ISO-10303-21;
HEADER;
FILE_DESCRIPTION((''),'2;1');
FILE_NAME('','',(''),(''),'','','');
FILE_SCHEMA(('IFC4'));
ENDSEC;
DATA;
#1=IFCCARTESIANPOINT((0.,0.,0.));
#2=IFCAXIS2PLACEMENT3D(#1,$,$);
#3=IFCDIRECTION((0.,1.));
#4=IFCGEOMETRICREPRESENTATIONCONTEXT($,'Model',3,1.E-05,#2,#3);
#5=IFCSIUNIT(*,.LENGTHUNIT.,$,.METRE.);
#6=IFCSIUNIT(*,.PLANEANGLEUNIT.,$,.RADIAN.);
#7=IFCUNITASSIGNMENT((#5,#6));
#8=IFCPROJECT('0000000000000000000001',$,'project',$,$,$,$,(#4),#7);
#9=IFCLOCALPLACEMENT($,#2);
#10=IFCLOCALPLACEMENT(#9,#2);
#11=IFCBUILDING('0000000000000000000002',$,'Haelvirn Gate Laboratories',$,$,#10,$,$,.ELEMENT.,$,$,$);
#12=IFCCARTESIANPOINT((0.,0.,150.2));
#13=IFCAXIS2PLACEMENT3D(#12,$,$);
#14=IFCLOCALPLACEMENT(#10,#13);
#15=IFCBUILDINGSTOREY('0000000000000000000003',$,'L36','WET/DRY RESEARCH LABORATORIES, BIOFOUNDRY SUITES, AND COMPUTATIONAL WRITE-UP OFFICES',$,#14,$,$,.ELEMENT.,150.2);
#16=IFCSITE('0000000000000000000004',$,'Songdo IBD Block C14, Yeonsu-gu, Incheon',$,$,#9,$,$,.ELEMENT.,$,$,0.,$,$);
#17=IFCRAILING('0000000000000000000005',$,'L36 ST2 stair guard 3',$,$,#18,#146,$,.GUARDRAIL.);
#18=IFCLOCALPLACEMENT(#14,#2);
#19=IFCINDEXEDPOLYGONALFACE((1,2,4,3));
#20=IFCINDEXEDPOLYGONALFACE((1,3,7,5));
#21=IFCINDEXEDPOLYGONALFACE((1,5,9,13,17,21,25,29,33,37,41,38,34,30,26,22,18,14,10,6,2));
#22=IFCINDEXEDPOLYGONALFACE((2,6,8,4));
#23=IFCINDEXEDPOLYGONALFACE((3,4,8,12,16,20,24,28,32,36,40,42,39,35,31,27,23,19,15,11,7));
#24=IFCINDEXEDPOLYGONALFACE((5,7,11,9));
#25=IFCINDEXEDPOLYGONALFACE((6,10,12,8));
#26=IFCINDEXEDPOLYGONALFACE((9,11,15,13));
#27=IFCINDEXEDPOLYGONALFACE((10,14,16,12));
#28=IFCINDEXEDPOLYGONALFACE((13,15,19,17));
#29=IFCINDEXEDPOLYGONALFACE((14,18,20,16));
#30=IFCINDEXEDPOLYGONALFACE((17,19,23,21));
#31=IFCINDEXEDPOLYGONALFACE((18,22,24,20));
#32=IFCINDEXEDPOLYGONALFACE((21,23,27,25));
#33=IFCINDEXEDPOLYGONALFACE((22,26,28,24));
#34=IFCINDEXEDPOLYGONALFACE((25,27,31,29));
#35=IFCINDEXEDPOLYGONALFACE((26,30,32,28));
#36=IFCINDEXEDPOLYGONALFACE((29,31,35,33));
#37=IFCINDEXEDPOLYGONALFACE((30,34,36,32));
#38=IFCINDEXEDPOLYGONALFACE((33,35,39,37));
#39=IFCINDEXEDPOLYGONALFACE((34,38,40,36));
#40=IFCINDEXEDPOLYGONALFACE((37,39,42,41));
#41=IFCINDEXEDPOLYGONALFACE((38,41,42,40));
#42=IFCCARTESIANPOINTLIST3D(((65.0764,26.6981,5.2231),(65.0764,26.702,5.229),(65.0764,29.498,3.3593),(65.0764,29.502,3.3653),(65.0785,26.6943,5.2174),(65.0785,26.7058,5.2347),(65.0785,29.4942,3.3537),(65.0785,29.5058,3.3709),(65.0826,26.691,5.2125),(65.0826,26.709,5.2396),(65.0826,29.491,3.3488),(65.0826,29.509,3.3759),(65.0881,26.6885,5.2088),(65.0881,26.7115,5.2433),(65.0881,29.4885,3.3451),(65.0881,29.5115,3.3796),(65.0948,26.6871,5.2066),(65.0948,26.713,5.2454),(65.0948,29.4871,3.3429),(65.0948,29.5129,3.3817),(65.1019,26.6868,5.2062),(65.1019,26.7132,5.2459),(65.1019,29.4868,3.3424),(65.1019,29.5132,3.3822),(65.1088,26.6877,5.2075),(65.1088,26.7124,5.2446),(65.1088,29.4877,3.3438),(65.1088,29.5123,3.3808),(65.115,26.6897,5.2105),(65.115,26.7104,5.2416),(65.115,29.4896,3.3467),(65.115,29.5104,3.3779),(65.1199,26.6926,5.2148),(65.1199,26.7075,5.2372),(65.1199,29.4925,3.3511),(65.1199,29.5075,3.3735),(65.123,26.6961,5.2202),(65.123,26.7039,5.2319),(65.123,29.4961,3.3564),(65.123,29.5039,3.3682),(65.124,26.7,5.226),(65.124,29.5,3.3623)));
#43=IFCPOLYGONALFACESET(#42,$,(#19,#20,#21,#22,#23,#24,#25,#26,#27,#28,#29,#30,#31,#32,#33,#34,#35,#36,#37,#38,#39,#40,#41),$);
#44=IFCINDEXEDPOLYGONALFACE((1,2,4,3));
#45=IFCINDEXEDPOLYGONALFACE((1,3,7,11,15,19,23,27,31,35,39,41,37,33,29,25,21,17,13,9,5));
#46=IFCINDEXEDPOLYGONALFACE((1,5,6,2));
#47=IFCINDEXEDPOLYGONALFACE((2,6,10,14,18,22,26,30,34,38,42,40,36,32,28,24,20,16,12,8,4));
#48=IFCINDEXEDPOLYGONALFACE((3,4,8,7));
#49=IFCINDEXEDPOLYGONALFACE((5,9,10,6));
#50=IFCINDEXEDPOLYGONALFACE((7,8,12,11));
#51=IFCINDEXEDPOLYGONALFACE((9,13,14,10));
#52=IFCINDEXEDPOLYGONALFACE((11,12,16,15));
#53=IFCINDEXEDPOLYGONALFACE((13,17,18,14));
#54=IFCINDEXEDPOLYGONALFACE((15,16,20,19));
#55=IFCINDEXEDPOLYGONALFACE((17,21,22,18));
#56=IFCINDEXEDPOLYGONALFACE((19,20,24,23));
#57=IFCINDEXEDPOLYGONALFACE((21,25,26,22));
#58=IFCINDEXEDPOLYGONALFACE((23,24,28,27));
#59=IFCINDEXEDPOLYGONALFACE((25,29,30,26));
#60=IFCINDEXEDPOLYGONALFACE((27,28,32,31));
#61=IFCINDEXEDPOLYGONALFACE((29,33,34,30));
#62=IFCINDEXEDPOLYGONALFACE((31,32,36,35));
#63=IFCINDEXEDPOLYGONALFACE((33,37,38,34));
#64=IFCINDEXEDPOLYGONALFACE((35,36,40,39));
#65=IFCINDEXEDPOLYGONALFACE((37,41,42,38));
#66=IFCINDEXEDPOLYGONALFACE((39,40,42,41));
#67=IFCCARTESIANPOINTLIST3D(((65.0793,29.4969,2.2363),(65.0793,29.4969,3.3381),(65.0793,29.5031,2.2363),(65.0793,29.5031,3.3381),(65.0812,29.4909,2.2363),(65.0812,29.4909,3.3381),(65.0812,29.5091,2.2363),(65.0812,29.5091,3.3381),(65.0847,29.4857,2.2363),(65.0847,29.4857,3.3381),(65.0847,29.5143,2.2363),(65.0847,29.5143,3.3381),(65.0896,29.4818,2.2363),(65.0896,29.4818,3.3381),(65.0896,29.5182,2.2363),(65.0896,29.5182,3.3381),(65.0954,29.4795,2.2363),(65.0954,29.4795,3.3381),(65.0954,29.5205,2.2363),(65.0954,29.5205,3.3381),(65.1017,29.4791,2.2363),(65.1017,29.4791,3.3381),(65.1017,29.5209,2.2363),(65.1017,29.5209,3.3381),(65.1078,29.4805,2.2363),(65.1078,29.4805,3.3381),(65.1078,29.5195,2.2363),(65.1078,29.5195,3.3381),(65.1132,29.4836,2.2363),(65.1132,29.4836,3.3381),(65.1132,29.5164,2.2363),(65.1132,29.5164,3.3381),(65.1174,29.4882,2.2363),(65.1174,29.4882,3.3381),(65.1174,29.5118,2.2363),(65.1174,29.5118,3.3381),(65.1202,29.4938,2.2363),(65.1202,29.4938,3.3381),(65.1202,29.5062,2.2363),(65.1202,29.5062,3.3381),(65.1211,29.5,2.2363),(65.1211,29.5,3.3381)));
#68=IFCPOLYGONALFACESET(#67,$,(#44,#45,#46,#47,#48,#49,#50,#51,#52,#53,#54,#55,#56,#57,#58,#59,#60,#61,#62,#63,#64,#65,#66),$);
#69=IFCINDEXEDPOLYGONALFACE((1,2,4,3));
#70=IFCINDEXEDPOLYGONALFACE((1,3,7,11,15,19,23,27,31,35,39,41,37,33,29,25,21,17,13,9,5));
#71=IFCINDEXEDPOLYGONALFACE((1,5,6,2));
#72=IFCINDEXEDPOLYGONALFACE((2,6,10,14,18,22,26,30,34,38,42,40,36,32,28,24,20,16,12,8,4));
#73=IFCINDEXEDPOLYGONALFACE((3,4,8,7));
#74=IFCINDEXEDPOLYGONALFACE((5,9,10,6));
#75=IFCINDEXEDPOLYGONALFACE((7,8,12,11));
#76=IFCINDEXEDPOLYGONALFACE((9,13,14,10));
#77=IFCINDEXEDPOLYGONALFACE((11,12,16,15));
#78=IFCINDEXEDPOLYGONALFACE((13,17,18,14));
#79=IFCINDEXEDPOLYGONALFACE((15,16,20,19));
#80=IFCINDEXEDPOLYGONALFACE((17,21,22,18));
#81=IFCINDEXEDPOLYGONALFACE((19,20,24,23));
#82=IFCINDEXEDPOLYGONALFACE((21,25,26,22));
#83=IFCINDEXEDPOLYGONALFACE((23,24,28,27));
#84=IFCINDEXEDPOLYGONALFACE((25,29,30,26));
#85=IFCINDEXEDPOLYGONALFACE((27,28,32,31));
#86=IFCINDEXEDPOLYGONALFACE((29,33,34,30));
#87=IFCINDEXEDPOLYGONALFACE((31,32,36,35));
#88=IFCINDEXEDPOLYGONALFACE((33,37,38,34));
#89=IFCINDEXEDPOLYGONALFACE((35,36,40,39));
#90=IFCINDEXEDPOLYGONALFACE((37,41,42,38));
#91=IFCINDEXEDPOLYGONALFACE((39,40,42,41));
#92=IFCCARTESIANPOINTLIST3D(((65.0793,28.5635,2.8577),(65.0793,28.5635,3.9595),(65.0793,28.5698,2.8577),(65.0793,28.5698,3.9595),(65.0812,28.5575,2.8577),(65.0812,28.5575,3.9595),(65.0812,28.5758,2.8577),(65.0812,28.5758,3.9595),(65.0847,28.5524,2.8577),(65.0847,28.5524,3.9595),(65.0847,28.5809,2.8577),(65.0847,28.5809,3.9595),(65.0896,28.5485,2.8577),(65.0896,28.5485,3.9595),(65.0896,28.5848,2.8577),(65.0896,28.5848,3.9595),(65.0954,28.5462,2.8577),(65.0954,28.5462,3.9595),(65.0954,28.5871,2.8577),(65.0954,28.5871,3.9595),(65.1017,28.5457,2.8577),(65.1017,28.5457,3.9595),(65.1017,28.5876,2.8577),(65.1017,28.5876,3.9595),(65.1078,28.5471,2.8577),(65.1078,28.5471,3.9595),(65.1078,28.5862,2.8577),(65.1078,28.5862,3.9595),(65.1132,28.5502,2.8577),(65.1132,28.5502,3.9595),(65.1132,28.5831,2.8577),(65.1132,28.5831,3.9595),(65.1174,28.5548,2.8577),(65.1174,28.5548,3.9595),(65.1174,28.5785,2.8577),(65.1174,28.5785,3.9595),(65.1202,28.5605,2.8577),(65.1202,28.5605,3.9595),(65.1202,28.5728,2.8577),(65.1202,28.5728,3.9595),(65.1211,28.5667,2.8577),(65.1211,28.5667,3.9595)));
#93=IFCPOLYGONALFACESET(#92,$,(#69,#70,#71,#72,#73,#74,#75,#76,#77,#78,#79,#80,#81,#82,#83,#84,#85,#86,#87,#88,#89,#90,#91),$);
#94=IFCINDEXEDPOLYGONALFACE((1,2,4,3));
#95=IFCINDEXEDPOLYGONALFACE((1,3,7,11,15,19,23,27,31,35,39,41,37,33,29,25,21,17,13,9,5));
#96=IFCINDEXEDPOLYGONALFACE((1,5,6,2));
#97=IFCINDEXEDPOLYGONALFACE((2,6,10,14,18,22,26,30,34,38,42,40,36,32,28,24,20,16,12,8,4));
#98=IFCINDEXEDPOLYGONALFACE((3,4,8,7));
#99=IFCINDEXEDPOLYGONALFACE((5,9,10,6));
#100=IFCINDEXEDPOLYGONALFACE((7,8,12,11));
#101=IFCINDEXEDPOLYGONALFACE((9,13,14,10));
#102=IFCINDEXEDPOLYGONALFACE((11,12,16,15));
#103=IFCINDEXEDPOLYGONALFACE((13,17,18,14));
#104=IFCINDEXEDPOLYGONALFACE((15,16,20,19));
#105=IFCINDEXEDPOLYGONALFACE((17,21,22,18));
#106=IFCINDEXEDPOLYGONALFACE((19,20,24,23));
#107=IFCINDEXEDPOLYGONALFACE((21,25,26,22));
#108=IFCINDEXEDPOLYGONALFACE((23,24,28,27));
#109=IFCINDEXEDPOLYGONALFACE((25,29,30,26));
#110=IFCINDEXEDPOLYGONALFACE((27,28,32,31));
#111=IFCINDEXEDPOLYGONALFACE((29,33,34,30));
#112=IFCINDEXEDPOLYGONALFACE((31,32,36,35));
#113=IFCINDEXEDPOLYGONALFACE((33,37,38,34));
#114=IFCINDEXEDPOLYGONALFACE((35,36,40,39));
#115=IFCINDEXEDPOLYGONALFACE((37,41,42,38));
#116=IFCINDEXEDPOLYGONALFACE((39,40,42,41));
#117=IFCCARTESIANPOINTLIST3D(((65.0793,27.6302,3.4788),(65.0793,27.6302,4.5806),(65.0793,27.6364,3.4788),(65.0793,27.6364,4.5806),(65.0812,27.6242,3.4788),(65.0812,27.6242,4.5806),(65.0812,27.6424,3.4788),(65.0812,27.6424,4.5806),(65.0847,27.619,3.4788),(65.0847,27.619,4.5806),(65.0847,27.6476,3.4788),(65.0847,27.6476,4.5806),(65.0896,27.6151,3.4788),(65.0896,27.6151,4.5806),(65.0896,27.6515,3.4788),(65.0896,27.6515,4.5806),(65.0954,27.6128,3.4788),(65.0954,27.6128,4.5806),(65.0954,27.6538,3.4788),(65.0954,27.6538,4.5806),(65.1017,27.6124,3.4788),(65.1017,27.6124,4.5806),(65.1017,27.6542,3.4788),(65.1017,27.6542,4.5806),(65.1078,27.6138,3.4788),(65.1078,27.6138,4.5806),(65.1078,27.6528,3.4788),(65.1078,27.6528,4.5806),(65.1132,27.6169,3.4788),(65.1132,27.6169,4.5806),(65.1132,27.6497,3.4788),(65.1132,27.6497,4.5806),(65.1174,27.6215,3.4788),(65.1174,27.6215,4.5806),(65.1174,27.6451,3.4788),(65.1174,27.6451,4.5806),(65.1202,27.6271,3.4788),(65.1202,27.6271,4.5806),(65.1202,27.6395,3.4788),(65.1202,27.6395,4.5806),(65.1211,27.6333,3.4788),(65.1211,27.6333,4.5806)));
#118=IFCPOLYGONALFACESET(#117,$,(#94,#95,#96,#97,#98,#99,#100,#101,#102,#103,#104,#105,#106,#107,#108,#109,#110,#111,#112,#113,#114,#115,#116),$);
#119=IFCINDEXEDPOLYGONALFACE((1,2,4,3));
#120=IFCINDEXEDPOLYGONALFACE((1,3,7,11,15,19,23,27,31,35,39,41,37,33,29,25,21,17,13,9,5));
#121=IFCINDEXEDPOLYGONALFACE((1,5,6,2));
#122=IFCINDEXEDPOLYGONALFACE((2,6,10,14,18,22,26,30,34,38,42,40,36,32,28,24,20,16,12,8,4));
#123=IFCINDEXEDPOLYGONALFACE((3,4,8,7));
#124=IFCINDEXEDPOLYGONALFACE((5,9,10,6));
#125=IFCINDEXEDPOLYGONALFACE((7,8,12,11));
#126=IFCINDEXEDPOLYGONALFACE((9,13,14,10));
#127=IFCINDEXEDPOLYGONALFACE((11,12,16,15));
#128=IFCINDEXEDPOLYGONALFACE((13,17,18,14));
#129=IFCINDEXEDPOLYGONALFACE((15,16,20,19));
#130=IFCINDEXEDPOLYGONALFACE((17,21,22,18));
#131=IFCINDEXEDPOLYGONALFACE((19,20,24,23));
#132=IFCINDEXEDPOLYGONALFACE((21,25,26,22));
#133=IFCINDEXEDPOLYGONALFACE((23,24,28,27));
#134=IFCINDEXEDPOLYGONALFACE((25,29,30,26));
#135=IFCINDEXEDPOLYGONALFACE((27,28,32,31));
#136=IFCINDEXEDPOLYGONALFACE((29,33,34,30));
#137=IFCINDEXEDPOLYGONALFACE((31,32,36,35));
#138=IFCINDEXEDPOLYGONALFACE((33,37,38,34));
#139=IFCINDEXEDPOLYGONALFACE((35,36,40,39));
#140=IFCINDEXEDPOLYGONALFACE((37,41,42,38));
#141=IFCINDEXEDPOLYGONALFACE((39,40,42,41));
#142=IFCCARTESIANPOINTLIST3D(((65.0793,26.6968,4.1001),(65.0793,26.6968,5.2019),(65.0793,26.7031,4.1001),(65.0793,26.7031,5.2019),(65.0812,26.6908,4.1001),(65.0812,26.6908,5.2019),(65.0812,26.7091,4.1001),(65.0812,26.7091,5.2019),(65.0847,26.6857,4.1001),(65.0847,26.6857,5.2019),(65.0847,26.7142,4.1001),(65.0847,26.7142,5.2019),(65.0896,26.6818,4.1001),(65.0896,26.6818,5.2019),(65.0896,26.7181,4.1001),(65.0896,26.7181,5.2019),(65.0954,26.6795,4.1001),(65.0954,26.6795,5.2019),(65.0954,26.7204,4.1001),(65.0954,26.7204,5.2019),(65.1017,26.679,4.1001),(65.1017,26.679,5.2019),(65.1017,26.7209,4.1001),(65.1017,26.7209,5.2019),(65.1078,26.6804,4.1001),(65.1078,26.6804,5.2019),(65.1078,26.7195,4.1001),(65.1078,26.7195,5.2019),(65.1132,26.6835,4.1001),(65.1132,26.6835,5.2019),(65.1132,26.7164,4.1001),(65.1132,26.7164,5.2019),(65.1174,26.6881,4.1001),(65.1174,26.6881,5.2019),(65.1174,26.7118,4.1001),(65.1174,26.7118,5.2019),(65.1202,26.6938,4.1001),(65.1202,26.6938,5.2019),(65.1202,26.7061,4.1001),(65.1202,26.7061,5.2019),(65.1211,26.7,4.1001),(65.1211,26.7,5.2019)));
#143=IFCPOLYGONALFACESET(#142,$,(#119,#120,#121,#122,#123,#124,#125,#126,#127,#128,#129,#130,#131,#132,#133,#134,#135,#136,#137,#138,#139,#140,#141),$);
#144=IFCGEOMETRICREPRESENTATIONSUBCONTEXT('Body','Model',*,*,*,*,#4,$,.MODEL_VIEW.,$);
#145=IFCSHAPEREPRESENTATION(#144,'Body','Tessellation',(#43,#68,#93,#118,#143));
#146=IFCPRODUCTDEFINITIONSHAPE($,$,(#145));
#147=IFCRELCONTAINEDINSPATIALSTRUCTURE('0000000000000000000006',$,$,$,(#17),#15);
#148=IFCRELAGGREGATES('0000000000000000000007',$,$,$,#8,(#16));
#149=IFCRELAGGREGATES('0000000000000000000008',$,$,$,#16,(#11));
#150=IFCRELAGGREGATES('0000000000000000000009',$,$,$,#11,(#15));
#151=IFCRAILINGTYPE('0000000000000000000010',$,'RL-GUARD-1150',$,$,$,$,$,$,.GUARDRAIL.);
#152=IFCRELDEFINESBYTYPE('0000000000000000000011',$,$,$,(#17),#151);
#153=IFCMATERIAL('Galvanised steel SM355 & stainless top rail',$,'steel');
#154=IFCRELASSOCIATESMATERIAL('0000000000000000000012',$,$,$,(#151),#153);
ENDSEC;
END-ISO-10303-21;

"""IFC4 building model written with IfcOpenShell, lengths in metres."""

from ifc_helpers import new_model, si_unit, direction, frame, origin, origin_2d, place, context, subcontext, project, spatial, circle, extrude, source, transform, mapped, material, type_object, element, save


model = new_model("IFC4")

# Units and contexts
model_context = context("Model", 3, precision=1e-05, world=origin(), true_north=direction((0.0, 1.0)))
body_context = subcontext(model_context, "Body", "Model", "MODEL_VIEW")
ifc_project = project(units=[si_unit("LENGTHUNIT", "METRE"), si_unit("PLANEANGLEUNIT", "RADIAN")], contexts=[model_context])

# Site, building, storey
site_placement = place(None, origin())
site = spatial("IfcSite", under=ifc_project, at=site_placement, Name="Songdo IBD Block C14, Yeonsu-gu, Incheon", CompositionType="ELEMENT", RefElevation=0.0)
building_placement = place(site_placement, origin())
building = spatial("IfcBuilding", under=site, at=building_placement, Name="Haelvirn Gate Laboratories", CompositionType="ELEMENT")
storey_placement = place(building_placement, frame((0.0, 0.0, 150.2)))
storey = spatial("IfcBuildingStorey", under=building, at=storey_placement, Name="L36", Description="WET/DRY RESEARCH LABORATORIES, BIOFOUNDRY SUITES, AND COMPUTATIONAL WRITE-UP OFFICES", CompositionType="ELEMENT", Elevation=150.2)

# Railing
ifc_material_1 = material(Name="Galvanised steel SM355 & stainless top rail", Category="steel")
railing_type_1 = type_object("IfcRailingType", Name="RL-GUARD-1150", PredefinedType="GUARDRAIL", material=ifc_material_1)
shared_shape_1 = source(origin(), body_context, "Body", "SweptSolid", [
    extrude(circle(Radius=0.0239, at=origin_2d()), frame((0.0, 0.0, 1.126), z_axis=(0.0, -0.832452, 0.554097), x_axis=(1.0, 0.0, 0.0)), (0.0, 0.0, 1.0), 3.3635),
    extrude(circle(Radius=0.021, at=origin_2d()), origin(), (0.0, 0.0, 1.0), 1.1018),
    extrude(circle(Radius=0.021, at=origin_2d()), frame((0.0, -0.9333, 0.6213)), (0.0, 0.0, 1.0), 1.1018),
    extrude(circle(Radius=0.021, at=origin_2d()), frame((0.0, -1.8667, 1.2424)), (0.0, 0.0, 1.0), 1.1018),
    extrude(circle(Radius=0.021, at=origin_2d()), frame((0.0, -2.8, 1.8638)), (0.0, 0.0, 1.0), 1.1018),
])
railing_1_placement = place(storey_placement, frame((65.1001, 29.5, 2.2363)))
element("IfcRailing", 1, at=railing_1_placement, inside=storey, type_object=railing_type_1, Name="L36 ST2 stair guard 3", PredefinedType="GUARDRAIL", context=body_context, shape_type="MappedRepresentation", body=[
    mapped(shared_shape_1, transform((0.0, 0.0, 0.0), scale=1.0)),
])

save(model, "model.ifc")
